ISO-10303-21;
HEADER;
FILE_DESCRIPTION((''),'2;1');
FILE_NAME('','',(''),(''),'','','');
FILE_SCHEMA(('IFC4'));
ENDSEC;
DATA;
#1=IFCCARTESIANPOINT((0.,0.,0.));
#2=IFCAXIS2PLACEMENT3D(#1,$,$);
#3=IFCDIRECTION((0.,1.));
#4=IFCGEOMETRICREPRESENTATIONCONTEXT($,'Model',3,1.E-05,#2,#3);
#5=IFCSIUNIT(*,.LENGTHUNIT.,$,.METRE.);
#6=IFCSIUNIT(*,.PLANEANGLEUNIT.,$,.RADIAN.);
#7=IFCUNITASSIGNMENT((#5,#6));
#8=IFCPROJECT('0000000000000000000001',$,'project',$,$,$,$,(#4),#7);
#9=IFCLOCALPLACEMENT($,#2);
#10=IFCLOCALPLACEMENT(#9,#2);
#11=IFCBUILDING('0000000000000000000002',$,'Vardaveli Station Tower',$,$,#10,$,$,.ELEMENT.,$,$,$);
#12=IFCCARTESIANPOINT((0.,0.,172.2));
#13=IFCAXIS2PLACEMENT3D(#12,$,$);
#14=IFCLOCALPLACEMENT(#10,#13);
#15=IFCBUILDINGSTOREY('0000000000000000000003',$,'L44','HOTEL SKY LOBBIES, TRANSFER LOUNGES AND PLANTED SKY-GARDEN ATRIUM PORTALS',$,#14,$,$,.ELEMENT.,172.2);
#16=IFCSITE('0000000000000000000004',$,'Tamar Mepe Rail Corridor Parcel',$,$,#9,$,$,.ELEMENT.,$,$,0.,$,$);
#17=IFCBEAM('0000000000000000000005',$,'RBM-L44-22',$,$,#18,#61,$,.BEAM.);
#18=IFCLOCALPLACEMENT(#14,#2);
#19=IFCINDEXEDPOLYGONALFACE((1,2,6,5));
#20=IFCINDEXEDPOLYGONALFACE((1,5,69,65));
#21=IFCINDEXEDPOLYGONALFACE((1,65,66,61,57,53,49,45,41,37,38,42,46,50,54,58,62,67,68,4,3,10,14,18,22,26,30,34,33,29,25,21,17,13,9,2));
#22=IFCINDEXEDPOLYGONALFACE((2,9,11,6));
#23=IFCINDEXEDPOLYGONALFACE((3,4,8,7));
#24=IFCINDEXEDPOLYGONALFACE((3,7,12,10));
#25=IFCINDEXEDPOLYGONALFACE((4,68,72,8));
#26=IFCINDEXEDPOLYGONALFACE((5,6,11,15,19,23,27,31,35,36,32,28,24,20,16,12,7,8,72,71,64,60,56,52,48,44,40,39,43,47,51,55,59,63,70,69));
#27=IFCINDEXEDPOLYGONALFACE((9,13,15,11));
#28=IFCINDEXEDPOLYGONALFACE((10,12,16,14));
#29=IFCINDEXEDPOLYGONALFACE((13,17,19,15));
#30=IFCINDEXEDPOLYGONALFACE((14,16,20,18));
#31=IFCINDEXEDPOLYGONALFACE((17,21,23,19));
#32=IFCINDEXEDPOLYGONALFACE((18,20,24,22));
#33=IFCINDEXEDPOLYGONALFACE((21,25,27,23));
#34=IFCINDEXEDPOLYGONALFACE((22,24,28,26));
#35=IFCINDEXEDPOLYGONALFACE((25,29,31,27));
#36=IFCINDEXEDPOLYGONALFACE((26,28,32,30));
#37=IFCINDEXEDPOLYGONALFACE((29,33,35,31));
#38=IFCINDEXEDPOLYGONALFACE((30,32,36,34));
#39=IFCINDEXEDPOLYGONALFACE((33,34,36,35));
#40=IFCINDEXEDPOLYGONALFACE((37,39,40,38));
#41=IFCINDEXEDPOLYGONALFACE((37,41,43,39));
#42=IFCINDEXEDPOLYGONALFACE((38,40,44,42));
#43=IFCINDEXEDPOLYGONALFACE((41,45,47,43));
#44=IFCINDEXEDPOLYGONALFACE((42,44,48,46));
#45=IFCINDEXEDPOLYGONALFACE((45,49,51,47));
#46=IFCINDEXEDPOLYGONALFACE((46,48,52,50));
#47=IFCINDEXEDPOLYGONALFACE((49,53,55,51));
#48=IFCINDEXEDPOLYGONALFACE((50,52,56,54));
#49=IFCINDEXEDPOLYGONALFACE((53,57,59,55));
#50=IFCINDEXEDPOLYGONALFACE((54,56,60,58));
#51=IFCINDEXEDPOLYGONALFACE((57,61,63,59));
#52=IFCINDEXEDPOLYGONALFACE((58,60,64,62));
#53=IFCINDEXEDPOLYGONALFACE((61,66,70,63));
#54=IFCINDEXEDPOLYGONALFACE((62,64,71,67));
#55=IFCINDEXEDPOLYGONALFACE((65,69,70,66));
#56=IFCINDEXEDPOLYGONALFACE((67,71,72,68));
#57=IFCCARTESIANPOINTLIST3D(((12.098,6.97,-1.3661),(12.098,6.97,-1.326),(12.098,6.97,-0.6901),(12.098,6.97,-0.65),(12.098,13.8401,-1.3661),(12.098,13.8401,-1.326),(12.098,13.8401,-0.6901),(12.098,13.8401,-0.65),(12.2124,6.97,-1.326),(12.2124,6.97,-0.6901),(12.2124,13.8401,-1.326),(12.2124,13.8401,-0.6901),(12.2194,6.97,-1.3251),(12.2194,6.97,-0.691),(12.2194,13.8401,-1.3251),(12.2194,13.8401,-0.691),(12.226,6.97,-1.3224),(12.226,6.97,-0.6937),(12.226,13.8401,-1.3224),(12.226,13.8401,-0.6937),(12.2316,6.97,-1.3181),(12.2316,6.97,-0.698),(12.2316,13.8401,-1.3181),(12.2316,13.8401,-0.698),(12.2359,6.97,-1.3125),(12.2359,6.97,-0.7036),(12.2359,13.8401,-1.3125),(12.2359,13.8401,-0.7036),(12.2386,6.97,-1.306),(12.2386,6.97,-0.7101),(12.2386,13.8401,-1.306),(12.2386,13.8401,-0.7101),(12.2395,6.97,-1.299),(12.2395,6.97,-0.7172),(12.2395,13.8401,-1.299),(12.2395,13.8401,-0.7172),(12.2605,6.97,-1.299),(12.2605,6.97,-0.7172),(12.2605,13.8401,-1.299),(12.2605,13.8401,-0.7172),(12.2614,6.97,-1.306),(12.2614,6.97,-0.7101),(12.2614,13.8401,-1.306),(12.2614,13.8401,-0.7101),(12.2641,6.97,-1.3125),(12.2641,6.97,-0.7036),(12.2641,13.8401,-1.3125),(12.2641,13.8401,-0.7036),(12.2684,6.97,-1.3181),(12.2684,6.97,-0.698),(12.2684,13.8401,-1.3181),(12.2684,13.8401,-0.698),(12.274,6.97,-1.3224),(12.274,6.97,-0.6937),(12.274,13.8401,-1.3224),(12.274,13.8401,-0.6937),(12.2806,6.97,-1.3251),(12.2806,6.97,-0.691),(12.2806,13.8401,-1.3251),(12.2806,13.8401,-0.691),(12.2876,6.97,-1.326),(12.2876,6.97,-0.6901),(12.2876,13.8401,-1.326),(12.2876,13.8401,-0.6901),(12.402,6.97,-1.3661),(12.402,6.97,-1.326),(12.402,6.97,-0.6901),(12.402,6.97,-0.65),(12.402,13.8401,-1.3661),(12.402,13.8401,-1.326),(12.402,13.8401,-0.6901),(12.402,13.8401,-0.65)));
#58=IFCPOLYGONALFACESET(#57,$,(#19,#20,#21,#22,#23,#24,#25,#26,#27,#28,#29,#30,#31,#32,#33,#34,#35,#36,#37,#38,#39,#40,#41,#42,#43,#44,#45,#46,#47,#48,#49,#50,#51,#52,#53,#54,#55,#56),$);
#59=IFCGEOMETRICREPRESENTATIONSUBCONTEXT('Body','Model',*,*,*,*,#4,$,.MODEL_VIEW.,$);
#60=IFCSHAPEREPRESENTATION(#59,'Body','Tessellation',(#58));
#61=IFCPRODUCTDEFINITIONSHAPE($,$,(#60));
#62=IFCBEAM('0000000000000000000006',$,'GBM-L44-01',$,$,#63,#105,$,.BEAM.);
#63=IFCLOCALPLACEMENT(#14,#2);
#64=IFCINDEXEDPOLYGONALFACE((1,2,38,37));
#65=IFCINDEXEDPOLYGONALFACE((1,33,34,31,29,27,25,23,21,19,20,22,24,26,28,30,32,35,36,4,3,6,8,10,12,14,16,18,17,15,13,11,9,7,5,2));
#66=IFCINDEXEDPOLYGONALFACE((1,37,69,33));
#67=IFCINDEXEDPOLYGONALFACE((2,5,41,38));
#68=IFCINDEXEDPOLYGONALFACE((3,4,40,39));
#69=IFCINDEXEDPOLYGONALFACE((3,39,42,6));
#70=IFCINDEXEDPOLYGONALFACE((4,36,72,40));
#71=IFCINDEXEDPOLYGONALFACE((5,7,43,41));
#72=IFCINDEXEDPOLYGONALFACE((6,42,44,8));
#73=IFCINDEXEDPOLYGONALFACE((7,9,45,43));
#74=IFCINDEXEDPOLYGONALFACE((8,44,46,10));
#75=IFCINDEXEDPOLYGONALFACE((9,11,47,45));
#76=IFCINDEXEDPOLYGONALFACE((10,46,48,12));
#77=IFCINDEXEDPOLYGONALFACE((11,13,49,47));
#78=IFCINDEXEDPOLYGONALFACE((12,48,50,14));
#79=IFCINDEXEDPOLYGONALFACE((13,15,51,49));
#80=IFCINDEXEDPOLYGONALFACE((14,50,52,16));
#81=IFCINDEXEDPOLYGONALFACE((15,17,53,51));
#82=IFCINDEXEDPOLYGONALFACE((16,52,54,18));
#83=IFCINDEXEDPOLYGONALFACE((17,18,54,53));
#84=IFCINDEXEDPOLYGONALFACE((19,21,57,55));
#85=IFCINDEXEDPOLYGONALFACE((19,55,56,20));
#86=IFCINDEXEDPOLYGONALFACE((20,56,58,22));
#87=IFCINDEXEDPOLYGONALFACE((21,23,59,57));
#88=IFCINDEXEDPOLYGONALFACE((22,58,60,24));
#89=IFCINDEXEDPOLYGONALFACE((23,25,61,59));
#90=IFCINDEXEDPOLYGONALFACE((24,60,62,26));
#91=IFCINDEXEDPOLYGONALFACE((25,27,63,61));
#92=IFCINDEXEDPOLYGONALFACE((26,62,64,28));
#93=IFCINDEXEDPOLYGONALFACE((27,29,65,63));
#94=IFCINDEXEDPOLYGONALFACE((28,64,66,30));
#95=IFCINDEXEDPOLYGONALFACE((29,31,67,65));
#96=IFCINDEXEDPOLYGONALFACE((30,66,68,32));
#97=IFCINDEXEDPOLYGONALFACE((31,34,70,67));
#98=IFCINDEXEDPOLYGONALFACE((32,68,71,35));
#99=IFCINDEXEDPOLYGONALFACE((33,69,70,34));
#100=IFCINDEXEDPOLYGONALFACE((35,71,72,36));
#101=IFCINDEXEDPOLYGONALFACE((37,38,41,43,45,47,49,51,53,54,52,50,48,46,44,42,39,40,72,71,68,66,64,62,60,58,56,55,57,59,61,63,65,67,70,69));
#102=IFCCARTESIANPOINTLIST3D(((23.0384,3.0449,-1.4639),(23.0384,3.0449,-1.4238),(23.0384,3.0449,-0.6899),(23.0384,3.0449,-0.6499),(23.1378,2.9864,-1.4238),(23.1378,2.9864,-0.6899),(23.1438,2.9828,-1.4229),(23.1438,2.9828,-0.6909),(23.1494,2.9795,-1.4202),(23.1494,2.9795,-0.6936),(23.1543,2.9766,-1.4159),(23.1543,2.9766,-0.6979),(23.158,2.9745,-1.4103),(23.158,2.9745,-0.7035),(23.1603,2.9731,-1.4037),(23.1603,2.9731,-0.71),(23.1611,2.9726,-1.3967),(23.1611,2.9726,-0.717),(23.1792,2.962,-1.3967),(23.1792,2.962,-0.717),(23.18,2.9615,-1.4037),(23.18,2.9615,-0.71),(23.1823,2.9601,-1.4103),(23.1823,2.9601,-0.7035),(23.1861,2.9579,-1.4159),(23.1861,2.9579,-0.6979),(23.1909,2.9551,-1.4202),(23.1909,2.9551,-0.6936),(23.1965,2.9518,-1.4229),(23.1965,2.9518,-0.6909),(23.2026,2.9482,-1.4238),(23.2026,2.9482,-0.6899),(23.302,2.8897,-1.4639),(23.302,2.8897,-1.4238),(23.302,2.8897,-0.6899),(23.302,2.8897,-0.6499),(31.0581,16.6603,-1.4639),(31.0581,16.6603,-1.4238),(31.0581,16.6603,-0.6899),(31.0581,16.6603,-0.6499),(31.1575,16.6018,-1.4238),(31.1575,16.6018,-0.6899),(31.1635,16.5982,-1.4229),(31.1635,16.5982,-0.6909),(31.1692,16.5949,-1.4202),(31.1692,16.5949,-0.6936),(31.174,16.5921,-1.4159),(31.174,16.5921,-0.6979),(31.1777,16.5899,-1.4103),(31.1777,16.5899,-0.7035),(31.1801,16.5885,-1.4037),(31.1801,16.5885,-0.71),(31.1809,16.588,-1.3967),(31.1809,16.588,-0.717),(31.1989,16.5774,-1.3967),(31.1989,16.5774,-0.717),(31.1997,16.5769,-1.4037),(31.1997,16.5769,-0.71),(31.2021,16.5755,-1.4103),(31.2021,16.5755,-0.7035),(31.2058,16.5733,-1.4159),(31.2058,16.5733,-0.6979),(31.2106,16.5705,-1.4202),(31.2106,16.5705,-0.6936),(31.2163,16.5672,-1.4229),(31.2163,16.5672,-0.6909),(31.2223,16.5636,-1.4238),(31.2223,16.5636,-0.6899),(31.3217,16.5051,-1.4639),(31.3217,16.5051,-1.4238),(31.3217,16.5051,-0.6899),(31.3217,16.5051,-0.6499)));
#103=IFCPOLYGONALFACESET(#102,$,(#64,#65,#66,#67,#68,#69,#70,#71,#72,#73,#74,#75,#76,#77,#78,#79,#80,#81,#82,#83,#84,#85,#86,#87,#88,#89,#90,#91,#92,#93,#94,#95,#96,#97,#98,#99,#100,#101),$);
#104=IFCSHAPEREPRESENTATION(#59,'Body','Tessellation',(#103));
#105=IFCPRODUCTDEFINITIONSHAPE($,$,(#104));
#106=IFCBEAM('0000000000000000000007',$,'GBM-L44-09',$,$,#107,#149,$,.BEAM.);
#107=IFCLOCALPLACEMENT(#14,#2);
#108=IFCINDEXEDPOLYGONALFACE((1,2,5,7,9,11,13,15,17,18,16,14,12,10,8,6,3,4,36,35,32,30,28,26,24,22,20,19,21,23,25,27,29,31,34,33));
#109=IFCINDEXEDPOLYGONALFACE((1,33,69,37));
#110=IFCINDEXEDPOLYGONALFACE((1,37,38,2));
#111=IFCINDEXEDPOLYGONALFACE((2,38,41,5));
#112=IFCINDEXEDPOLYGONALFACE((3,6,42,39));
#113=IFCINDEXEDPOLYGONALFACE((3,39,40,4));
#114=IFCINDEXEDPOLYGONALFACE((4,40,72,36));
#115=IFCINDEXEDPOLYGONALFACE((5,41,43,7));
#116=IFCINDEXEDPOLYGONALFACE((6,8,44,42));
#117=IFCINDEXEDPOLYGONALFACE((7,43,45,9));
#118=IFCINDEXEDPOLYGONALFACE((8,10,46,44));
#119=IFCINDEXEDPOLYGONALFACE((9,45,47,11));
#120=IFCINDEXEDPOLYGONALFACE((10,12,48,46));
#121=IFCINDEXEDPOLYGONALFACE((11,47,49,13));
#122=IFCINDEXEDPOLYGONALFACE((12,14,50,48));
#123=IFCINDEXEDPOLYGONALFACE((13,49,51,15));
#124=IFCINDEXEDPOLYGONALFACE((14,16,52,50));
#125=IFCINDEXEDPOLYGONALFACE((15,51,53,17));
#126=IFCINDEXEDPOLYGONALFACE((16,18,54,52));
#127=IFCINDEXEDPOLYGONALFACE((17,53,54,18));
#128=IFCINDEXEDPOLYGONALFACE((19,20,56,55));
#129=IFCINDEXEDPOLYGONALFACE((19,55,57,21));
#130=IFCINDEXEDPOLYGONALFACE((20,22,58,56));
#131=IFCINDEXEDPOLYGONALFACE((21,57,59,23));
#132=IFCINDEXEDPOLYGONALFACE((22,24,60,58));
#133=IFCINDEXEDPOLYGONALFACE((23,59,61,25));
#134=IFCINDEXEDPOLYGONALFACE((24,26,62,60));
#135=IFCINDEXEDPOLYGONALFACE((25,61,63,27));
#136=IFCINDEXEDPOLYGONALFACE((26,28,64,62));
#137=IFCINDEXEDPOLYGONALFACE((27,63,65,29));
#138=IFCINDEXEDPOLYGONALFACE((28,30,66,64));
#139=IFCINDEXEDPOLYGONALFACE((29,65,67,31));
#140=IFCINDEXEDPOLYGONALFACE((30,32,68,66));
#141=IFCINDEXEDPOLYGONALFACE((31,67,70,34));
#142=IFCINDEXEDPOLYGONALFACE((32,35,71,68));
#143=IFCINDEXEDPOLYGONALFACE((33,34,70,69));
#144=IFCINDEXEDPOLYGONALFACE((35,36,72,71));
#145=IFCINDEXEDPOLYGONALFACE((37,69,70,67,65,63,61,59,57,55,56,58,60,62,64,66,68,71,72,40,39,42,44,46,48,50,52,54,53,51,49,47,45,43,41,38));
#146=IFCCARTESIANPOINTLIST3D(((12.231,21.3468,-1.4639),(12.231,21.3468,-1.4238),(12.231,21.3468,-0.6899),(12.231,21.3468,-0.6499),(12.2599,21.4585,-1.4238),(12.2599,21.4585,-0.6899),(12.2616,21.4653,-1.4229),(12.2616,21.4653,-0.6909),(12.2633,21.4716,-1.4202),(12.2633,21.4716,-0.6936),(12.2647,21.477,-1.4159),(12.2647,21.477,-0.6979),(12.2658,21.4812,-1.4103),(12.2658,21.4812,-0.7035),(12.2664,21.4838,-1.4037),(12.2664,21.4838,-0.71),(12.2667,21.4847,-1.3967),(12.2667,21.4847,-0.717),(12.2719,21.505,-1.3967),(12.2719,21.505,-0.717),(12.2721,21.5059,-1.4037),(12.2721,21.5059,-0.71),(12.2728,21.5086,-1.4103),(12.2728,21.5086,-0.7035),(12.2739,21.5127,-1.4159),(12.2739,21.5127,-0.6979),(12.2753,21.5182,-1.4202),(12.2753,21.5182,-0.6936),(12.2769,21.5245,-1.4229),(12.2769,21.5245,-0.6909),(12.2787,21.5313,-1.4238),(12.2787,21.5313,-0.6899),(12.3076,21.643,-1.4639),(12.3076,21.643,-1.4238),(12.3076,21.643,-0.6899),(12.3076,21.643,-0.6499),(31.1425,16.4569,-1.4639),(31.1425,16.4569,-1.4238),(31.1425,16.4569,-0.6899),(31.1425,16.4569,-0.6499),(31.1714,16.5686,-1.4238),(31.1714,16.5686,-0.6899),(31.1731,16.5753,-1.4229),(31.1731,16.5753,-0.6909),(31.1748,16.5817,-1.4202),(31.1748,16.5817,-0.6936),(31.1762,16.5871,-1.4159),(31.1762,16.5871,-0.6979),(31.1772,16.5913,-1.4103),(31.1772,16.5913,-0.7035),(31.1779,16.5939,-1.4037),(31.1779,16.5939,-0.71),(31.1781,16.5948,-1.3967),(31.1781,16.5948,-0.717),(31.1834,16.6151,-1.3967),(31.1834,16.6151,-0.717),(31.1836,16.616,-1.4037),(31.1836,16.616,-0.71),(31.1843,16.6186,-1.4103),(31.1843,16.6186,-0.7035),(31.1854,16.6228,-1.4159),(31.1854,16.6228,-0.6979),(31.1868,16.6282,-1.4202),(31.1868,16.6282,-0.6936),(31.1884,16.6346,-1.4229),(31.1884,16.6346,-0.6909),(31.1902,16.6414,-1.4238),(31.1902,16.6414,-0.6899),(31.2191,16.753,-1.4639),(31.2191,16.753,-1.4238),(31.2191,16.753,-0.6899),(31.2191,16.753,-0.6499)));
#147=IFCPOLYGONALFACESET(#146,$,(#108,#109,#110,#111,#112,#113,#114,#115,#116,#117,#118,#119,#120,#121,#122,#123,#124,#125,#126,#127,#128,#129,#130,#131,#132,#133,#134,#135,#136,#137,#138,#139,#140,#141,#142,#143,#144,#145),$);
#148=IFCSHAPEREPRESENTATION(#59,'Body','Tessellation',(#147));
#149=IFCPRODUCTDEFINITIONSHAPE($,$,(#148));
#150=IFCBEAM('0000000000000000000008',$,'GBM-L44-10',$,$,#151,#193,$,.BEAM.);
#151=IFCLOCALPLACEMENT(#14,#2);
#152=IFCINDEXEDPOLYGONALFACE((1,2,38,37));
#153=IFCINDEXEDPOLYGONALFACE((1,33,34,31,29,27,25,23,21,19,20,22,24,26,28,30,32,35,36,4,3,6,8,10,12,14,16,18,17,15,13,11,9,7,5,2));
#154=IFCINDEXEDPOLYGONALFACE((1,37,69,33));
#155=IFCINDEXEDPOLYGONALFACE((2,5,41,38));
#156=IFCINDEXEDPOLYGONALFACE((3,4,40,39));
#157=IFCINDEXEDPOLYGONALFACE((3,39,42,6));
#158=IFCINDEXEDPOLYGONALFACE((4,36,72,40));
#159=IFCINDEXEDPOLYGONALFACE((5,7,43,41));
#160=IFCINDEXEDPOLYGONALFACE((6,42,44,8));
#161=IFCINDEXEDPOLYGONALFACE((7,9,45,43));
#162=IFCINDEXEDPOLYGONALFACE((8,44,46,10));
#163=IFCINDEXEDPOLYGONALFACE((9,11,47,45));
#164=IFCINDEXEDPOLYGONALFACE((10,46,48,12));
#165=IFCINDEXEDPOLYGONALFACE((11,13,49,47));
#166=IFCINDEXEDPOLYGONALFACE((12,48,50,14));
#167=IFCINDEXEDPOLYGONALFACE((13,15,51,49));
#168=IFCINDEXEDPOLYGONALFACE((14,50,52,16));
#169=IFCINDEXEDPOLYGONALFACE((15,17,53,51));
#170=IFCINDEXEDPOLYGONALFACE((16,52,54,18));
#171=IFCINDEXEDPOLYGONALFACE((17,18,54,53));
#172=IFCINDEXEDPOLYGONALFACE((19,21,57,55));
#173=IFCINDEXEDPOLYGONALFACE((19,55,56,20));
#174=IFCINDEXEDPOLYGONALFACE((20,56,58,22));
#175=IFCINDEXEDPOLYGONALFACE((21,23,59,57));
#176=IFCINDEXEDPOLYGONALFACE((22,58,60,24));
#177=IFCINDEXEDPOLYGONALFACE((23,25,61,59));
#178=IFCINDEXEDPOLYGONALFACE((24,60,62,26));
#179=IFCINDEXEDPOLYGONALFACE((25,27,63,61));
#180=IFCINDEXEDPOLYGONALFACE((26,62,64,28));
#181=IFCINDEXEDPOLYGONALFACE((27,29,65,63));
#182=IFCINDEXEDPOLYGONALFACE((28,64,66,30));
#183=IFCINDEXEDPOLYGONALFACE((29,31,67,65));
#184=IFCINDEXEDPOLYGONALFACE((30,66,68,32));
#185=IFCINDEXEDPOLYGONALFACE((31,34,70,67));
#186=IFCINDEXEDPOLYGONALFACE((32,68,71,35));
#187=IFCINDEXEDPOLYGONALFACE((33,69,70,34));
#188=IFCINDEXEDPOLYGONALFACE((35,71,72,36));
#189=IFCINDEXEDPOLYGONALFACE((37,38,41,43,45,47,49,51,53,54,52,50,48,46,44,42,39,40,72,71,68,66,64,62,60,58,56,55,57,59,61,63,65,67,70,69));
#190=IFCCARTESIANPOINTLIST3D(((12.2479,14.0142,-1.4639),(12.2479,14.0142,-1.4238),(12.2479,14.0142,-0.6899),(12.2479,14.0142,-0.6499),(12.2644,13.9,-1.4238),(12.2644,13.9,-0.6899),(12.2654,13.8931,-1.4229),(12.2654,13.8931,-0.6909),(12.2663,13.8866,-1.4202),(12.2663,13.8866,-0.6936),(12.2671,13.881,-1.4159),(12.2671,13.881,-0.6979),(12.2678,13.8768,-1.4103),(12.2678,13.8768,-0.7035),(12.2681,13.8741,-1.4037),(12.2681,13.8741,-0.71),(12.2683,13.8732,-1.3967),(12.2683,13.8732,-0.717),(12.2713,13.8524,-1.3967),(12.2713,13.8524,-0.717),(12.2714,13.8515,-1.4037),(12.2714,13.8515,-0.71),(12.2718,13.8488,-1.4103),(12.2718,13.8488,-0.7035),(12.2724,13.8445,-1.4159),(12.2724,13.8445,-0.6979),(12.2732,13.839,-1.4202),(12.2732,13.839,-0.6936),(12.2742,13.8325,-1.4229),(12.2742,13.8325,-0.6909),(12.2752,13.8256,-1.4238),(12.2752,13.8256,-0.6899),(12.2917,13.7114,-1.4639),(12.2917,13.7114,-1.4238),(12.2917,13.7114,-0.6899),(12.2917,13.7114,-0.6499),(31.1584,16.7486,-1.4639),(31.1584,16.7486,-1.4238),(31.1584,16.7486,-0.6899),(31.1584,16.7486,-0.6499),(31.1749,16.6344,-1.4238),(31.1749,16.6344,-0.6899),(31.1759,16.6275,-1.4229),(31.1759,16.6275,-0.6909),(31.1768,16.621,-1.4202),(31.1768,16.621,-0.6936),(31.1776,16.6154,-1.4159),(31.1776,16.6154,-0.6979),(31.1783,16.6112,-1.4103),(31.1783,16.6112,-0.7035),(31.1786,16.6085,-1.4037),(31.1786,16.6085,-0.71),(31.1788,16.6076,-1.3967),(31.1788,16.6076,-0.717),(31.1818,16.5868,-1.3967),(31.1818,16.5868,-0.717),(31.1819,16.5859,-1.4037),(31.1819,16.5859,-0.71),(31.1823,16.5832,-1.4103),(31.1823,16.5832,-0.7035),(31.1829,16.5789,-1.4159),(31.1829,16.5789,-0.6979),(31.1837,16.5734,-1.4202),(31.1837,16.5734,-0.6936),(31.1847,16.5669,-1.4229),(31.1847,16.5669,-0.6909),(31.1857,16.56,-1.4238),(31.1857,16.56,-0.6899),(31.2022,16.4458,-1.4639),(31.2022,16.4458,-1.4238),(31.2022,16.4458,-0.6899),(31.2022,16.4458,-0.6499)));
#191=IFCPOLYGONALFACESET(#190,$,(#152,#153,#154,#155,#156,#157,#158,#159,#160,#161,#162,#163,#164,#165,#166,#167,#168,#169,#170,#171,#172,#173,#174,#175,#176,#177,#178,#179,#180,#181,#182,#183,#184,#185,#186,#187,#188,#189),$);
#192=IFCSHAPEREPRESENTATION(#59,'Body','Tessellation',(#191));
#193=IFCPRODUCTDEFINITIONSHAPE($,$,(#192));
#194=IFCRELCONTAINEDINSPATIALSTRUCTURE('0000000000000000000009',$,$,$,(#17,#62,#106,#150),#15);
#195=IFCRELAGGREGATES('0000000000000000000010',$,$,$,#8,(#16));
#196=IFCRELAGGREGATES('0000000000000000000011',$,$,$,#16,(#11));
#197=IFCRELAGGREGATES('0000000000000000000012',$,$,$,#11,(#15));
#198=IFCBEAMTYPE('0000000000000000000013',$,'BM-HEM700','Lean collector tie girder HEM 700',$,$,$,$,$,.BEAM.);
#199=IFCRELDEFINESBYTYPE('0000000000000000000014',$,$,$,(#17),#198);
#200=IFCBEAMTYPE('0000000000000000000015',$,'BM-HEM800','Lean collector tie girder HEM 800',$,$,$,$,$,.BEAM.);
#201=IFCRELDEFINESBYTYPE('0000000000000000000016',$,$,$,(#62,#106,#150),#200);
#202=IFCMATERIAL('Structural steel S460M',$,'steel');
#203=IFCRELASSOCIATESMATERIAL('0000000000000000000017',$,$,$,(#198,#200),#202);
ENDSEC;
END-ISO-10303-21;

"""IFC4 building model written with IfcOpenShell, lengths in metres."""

from ifc_helpers import new_model, si_unit, direction, frame, origin, origin_2d, place, context, subcontext, project, spatial, i_section, extrude, source, transform, mapped, material, material_profile, profile_set, type_object, element, save


model = new_model("IFC4")

# Units and contexts
model_context = context("Model", 3, precision=1e-05, world=origin(), true_north=direction((0.0, 1.0)))
body_context = subcontext(model_context, "Body", "Model", "MODEL_VIEW")
ifc_project = project(units=[si_unit("LENGTHUNIT", "METRE"), si_unit("PLANEANGLEUNIT", "RADIAN")], contexts=[model_context])

# Site, building, storey
site_placement = place(None, origin())
site = spatial("IfcSite", under=ifc_project, at=site_placement, Name="Tamar Mepe Rail Corridor Parcel", CompositionType="ELEMENT", RefElevation=0.0)
building_placement = place(site_placement, origin())
building = spatial("IfcBuilding", under=site, at=building_placement, Name="Vardaveli Station Tower", CompositionType="ELEMENT")
storey_placement = place(building_placement, frame((0.0, 0.0, 172.2)))
storey = spatial("IfcBuildingStorey", under=building, at=storey_placement, Name="L44", Description="HOTEL SKY LOBBIES, TRANSFER LOUNGES AND PLANTED SKY-GARDEN ATRIUM PORTALS", CompositionType="ELEMENT", Elevation=172.2)

# Shared definitions
ifc_material_1 = material(Name="Structural steel S460M", Category="steel")

# Beams
ifc_material_profile_1 = material_profile(ifc_material_1, i_section(OverallWidth=0.304, OverallDepth=0.7161, WebThickness=0.021, FlangeThickness=0.04, FilletRadius=0.0271, at=origin_2d()), Name="HEM 700")
ifc_profile_set_1 = profile_set([ifc_material_profile_1], Name="Structural steel S460M")
beam_type_1 = type_object("IfcBeamType", Name="BM-HEM700", Description="Lean collector tie girder HEM 700", PredefinedType="BEAM", material=ifc_profile_set_1)
shared_shape_1 = source(origin(), body_context, "Body", "SweptSolid", [
    extrude(i_section(OverallWidth=0.304, OverallDepth=0.7161, WebThickness=0.021, FlangeThickness=0.04, FilletRadius=0.0271, at=origin_2d()), origin(), (0.0, 0.0, 1.0), 6.8701),
])
beam_1_placement = place(storey_placement, frame((12.25, 13.8401, -1.0081), z_axis=(0.0, -1.0, 0.0), x_axis=(1.0, 0.0, 0.0)))
element("IfcBeam", 1, at=beam_1_placement, inside=storey, type_object=beam_type_1, Name="RBM-L44-22", PredefinedType="BEAM", context=body_context, shape_type="MappedRepresentation", body=[
    mapped(shared_shape_1, transform((0.0, 0.0, 0.0), scale=1.0)),
])
ifc_material_profile_2 = material_profile(ifc_material_1, i_section(OverallWidth=0.3059, OverallDepth=0.814, WebThickness=0.021, FlangeThickness=0.04, FilletRadius=0.0271, at=origin_2d()), Name="HEM 800")
ifc_profile_set_2 = profile_set([ifc_material_profile_2], Name="Structural steel S460M")
beam_type_2 = type_object("IfcBeamType", Name="BM-HEM800", Description="Lean collector tie girder HEM 800", PredefinedType="BEAM", material=ifc_profile_set_2)
shared_shape_2 = source(origin(), body_context, "Body", "SweptSolid", [
    extrude(i_section(OverallWidth=0.3059, OverallDepth=0.814, WebThickness=0.021, FlangeThickness=0.04, FilletRadius=0.0271, at=origin_2d()), origin(), (0.0, 0.0, 1.0), 15.8018),
])
beam_2_placement = place(storey_placement, frame((23.1702, 2.9673, -1.0569), z_axis=(0.507522, 0.861639, 0.0), x_axis=(-0.861639, 0.507522, 0.0)))
element("IfcBeam", 2, at=beam_2_placement, inside=storey, type_object=beam_type_2, Name="GBM-L44-01", PredefinedType="BEAM", context=body_context, shape_type="MappedRepresentation", body=[
    mapped(shared_shape_2, transform((0.0, 0.0, 0.0), scale=1.0)),
])
shared_shape_3 = source(origin(), body_context, "Body", "SweptSolid", [
    extrude(i_section(OverallWidth=0.3059, OverallDepth=0.814, WebThickness=0.021, FlangeThickness=0.04, FilletRadius=0.0271, at=origin_2d()), origin(), (0.0, 0.0, 1.0), 19.5334),
])
beam_3_placement = place(storey_placement, frame((12.2693, 21.4949, -1.0569), z_axis=(0.968159, -0.250336, 0.0), x_axis=(0.250336, 0.968159, 0.0)))
element("IfcBeam", 3, at=beam_3_placement, inside=storey, type_object=beam_type_2, Name="GBM-L44-09", PredefinedType="BEAM", context=body_context, shape_type="MappedRepresentation", body=[
    mapped(shared_shape_3, transform((0.0, 0.0, 0.0), scale=1.0)),
])
shared_shape_4 = source(origin(), body_context, "Body", "SweptSolid", [
    extrude(i_section(OverallWidth=0.3059, OverallDepth=0.814, WebThickness=0.021, FlangeThickness=0.04, FilletRadius=0.0271, at=origin_2d()), origin(), (0.0, 0.0, 1.0), 19.1072),
])
beam_4_placement = place(storey_placement, frame((12.2698, 13.8628, -1.0569), z_axis=(0.989707, 0.143108, 0.0), x_axis=(-0.143108, 0.989707, 0.0)))
element("IfcBeam", 4, at=beam_4_placement, inside=storey, type_object=beam_type_2, Name="GBM-L44-10", PredefinedType="BEAM", context=body_context, shape_type="MappedRepresentation", body=[
    mapped(shared_shape_4, transform((0.0, 0.0, 0.0), scale=1.0)),
])

save(model, "model.ifc")
